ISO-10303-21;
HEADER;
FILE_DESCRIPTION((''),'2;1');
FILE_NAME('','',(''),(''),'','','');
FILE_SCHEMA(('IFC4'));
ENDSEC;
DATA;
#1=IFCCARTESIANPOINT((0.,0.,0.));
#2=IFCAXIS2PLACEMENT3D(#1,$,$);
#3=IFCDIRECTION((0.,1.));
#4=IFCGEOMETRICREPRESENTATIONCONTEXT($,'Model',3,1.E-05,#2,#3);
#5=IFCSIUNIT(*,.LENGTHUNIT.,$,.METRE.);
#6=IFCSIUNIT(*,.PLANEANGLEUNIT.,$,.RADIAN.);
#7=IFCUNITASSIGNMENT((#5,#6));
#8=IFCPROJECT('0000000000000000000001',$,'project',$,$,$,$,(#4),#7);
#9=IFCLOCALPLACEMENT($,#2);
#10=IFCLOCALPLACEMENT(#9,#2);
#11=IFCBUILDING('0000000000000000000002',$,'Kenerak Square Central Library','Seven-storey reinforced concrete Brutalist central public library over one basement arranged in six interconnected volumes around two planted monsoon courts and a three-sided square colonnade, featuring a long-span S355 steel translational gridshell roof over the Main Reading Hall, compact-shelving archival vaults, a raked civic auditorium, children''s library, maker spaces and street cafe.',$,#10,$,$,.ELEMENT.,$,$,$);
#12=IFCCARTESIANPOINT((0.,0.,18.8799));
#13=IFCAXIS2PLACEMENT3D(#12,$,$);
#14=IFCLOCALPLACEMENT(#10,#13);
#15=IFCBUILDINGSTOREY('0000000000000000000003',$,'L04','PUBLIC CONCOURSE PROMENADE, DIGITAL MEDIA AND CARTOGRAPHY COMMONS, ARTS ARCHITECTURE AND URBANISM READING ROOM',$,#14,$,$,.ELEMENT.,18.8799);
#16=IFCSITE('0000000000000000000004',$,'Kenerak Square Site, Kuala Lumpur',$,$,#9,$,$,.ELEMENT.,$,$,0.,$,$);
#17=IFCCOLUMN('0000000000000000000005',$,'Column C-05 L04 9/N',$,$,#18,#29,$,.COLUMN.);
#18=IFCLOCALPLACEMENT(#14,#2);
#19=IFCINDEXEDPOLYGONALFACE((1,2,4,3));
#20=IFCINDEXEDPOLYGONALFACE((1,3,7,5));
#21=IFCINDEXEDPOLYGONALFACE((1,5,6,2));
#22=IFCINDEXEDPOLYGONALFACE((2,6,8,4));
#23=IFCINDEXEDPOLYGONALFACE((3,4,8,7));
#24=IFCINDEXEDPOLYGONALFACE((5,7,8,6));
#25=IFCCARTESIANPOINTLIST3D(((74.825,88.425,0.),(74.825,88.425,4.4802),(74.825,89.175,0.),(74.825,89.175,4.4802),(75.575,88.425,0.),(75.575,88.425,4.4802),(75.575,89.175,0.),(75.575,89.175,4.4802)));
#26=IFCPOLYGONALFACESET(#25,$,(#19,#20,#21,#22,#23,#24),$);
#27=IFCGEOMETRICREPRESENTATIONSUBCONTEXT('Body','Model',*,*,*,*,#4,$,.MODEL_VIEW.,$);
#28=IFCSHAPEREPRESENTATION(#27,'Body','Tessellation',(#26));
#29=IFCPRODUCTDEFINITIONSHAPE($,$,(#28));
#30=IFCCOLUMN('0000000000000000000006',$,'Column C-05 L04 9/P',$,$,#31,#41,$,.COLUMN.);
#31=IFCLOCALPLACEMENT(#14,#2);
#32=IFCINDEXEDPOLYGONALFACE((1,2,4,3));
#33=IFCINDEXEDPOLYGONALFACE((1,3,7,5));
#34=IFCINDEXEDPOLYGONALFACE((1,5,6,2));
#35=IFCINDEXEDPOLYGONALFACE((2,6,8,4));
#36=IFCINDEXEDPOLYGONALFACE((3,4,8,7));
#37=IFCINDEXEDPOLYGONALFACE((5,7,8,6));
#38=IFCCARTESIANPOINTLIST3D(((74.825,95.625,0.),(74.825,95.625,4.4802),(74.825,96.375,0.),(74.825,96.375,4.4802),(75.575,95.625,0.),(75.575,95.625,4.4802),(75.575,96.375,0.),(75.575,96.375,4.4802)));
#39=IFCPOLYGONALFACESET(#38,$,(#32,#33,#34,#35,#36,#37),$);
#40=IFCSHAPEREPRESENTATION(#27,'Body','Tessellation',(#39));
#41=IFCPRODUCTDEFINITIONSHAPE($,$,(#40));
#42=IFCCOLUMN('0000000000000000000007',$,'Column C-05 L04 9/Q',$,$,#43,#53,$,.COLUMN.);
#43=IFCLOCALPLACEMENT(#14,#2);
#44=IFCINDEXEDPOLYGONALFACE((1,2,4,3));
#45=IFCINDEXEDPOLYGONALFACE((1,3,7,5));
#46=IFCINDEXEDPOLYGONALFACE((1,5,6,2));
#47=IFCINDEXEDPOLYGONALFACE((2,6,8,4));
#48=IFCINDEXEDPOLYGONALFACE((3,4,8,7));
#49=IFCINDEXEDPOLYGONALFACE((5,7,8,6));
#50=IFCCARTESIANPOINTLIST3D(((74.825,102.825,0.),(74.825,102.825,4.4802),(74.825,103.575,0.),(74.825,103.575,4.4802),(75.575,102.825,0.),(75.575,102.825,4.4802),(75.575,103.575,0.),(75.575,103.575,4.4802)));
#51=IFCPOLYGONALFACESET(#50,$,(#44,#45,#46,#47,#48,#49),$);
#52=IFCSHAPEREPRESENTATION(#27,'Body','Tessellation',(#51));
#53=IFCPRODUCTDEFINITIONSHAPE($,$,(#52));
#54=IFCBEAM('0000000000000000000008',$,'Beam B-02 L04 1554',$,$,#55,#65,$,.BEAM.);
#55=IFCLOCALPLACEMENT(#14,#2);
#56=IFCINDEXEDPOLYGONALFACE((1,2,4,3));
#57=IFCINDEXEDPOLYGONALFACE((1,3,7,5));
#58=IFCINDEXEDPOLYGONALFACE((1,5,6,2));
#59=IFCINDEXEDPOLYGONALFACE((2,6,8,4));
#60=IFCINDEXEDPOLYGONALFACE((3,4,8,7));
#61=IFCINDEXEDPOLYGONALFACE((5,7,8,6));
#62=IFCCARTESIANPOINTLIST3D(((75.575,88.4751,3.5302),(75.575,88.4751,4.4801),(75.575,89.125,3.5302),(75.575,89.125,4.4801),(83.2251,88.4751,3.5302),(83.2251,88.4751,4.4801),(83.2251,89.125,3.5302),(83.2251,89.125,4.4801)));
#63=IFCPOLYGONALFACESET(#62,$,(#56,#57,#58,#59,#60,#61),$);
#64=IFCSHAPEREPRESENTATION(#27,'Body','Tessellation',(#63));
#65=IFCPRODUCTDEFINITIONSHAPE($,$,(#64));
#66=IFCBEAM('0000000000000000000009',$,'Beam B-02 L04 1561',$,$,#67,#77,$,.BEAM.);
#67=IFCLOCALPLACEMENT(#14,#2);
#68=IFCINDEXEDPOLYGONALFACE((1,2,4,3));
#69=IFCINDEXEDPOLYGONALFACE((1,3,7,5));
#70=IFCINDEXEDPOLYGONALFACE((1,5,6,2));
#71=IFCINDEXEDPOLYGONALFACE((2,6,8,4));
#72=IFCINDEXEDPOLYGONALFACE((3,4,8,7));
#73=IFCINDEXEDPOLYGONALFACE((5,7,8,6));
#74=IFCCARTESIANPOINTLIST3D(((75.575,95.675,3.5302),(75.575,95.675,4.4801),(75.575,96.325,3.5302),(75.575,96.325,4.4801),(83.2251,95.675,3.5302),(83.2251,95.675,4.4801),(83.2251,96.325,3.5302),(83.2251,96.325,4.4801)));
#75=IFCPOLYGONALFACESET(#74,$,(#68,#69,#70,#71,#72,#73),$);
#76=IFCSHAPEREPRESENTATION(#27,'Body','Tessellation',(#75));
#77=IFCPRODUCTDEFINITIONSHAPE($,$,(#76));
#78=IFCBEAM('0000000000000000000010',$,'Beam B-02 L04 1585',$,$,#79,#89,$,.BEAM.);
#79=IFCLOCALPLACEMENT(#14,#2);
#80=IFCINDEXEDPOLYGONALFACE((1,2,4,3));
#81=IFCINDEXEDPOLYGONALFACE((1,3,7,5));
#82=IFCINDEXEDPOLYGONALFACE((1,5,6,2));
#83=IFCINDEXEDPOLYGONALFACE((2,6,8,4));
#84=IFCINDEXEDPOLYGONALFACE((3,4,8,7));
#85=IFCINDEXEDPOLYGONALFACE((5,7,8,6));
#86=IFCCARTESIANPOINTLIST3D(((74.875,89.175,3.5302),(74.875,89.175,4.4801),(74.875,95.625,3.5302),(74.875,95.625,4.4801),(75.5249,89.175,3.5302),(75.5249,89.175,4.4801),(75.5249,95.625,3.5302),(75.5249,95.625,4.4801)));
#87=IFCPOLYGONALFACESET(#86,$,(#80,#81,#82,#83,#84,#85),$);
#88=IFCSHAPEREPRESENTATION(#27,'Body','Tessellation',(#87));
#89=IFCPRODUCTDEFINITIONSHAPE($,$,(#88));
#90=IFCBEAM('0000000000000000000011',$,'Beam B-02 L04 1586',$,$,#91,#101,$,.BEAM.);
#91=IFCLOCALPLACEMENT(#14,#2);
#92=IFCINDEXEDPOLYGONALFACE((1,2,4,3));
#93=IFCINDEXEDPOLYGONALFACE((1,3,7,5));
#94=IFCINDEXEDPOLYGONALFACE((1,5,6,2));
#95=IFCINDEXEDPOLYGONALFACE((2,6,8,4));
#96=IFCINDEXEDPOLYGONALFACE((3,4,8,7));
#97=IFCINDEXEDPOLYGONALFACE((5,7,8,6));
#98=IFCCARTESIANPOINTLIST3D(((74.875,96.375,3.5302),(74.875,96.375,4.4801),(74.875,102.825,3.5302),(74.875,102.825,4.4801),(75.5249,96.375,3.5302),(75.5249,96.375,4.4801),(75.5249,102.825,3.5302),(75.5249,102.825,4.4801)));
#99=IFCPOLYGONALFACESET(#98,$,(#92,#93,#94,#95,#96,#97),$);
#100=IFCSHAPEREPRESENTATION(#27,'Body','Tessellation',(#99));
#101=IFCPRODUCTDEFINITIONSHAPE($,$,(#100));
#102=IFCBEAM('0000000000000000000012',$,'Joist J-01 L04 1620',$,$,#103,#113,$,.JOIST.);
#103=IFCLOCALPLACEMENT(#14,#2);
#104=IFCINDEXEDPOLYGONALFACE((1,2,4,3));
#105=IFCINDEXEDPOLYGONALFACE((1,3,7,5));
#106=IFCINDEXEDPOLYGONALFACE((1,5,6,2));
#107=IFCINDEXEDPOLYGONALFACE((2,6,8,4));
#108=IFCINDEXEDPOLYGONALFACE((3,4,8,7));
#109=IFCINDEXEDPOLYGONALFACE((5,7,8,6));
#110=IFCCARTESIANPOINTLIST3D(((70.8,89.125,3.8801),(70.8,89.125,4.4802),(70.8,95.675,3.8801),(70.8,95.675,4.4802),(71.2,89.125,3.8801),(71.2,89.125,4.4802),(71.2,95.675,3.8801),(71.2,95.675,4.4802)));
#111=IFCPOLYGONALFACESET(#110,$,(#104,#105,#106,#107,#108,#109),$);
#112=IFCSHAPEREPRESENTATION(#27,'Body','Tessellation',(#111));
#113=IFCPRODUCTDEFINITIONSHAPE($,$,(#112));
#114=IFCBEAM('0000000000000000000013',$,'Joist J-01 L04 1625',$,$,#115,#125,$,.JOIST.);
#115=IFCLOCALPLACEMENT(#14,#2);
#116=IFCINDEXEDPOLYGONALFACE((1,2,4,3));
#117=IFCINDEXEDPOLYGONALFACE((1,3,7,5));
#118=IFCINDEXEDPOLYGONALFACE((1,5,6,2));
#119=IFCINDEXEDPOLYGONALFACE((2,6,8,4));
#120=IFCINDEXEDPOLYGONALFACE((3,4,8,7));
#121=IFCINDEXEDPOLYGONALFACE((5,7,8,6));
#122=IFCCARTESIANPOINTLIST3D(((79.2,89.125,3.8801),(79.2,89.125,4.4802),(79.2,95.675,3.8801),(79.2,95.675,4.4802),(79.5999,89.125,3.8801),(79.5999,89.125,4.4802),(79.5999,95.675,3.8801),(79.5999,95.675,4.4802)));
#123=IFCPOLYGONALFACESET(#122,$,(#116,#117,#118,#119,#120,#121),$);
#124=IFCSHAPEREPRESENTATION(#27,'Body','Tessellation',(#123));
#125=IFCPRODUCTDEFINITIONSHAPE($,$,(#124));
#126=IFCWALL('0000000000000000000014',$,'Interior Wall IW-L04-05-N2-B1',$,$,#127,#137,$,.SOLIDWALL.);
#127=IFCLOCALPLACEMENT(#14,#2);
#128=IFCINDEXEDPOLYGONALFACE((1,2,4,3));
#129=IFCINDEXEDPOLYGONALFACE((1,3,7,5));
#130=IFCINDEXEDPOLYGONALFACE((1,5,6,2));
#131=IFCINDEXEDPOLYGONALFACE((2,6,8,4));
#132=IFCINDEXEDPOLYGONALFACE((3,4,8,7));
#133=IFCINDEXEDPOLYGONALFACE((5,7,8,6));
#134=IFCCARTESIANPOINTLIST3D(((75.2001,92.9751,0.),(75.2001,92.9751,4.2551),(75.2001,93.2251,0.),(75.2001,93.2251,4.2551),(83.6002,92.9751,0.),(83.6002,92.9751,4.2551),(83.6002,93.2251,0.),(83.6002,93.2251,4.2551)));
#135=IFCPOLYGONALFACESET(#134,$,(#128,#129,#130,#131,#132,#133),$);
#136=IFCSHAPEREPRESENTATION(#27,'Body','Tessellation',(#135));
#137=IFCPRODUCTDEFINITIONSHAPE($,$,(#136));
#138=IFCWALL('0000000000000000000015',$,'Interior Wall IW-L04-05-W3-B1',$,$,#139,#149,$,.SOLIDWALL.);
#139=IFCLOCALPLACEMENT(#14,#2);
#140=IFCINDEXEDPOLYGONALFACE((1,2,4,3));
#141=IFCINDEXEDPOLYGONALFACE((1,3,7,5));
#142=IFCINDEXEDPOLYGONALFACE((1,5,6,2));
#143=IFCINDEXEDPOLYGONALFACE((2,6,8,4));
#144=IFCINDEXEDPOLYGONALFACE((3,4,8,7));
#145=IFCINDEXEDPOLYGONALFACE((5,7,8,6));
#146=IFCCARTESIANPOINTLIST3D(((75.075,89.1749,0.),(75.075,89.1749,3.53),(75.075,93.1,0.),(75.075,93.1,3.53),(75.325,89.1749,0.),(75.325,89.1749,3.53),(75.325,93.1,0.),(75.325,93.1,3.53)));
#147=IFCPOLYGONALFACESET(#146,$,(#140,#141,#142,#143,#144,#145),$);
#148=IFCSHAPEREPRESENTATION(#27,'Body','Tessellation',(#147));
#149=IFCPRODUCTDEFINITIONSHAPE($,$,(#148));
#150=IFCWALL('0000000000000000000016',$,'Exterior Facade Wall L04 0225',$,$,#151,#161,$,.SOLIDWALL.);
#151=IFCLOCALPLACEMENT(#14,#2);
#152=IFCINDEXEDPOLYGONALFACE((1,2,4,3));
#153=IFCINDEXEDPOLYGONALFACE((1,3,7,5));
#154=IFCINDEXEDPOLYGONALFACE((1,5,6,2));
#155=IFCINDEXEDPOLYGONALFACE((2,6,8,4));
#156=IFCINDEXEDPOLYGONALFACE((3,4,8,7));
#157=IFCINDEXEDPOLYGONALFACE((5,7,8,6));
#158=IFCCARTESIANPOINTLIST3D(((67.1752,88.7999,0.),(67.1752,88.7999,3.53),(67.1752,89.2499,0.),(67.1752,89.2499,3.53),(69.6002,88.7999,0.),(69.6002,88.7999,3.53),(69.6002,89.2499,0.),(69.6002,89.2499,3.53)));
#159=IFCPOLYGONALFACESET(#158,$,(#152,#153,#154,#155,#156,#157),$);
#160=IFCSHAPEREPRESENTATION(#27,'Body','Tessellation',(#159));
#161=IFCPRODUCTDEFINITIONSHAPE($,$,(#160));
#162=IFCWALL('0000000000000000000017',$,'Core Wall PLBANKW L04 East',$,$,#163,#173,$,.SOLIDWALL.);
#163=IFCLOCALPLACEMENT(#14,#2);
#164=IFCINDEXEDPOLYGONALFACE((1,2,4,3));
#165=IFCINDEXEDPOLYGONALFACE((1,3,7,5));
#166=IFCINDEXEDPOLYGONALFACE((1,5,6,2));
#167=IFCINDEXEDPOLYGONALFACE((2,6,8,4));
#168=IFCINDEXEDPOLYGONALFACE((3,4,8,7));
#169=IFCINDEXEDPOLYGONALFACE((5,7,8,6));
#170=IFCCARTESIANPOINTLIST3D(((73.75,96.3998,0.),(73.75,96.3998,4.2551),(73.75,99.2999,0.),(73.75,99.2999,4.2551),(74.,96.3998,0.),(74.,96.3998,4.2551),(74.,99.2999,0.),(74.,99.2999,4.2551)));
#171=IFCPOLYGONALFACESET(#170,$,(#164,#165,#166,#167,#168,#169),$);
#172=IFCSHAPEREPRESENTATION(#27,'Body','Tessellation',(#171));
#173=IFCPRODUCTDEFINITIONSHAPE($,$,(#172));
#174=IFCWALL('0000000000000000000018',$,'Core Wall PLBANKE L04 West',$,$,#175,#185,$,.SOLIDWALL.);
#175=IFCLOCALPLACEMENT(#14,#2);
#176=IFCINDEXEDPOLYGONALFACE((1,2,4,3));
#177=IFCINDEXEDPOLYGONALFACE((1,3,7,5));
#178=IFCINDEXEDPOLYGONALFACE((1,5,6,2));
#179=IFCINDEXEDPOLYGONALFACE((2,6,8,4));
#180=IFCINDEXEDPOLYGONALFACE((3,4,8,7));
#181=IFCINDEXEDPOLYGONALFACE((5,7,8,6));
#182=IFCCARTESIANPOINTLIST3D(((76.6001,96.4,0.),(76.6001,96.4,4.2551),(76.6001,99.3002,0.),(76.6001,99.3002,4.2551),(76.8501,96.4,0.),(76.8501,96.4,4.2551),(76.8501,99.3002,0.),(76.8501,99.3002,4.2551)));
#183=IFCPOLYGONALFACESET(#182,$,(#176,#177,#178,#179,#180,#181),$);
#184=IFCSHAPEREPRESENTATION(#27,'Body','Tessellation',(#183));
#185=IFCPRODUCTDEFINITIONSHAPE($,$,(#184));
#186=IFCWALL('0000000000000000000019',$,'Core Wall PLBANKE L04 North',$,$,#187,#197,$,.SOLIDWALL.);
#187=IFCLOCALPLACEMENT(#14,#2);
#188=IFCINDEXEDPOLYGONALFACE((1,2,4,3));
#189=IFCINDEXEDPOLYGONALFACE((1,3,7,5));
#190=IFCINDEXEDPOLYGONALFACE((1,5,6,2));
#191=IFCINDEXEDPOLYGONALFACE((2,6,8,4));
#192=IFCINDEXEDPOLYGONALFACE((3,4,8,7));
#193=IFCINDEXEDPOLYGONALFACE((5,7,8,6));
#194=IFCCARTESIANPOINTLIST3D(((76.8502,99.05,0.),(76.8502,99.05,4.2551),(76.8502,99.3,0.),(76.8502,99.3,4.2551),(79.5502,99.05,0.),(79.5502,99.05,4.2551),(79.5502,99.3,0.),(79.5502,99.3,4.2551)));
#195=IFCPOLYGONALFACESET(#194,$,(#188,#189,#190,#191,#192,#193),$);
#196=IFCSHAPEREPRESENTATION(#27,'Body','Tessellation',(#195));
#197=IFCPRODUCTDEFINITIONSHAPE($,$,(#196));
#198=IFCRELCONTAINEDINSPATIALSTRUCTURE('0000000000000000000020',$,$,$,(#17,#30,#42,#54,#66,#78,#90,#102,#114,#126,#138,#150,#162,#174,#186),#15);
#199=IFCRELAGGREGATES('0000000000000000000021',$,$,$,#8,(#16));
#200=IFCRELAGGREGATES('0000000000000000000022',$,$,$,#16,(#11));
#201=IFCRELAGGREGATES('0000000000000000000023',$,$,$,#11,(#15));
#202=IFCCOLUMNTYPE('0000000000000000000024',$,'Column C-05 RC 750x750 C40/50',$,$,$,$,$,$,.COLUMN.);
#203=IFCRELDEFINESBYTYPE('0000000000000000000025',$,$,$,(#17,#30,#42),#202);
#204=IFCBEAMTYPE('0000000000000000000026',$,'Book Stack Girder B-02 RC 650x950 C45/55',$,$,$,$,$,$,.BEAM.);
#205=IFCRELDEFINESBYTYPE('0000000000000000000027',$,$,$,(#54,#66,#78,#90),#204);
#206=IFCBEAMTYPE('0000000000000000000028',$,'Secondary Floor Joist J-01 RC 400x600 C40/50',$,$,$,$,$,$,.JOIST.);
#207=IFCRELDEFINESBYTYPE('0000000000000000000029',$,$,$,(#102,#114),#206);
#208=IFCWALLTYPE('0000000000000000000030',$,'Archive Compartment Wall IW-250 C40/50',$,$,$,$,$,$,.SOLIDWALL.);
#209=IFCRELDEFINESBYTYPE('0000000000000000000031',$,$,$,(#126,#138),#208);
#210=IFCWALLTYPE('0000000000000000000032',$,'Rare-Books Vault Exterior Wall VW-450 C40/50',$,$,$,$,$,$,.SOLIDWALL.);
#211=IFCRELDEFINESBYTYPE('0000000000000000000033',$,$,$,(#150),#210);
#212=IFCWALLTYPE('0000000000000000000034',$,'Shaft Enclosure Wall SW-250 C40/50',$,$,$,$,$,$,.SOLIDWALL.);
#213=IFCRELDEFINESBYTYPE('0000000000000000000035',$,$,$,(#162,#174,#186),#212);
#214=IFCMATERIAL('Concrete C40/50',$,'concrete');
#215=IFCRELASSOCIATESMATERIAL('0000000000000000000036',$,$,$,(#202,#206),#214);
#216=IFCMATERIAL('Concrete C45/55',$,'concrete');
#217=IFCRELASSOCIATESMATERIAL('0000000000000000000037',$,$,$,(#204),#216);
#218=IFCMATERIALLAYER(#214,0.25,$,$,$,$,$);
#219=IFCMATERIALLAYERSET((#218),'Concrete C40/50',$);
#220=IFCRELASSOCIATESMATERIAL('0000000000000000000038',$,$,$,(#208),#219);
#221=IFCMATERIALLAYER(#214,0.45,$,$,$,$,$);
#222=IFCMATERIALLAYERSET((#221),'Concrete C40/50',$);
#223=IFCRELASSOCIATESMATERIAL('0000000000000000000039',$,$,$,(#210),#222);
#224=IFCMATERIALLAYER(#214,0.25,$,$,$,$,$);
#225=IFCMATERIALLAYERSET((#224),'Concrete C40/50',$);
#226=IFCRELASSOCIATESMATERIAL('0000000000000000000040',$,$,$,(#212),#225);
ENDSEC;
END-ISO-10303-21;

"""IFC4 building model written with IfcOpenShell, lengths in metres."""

from ifc_helpers import new_model, si_unit, direction, frame, frame_2d, origin, origin_2d, place, context, subcontext, project, spatial, rectangle, extrude, material, layer, layer_set, material_profile, profile_set, type_object, element, save


model = new_model("IFC4")

# Units and contexts
model_context = context("Model", 3, precision=1e-05, world=origin(), true_north=direction((0.0, 1.0)))
body_context = subcontext(model_context, "Body", "Model", "MODEL_VIEW")
ifc_project = project(units=[si_unit("LENGTHUNIT", "METRE"), si_unit("PLANEANGLEUNIT", "RADIAN")], contexts=[model_context])

# Site, building, storey
site_placement = place(None, origin())
site = spatial("IfcSite", under=ifc_project, at=site_placement, Name="Kenerak Square Site, Kuala Lumpur", CompositionType="ELEMENT", RefElevation=0.0)
building_placement = place(site_placement, origin())
building = spatial("IfcBuilding", under=site, at=building_placement, Name="Kenerak Square Central Library", Description="Seven-storey reinforced concrete Brutalist central public library over one basement arranged in six interconnected volumes around two planted monsoon courts and a three-sided square colonnade, featuring a long-span S355 steel translational gridshell roof over the Main Reading Hall, compact-shelving archival vaults, a raked civic auditorium, children's library, maker spaces and street cafe.", CompositionType="ELEMENT")
storey_placement = place(building_placement, frame((0.0, 0.0, 18.8799)))
storey = spatial("IfcBuildingStorey", under=building, at=storey_placement, Name="L04", Description="PUBLIC CONCOURSE PROMENADE, DIGITAL MEDIA AND CARTOGRAPHY COMMONS, ARTS ARCHITECTURE AND URBANISM READING ROOM", CompositionType="ELEMENT", Elevation=18.8799)

# Columns
ifc_material_1 = material(Name="Concrete C40/50", Category="concrete")
ifc_material_profile_1 = material_profile(ifc_material_1, rectangle(XDim=0.75, YDim=0.75, at=origin_2d()), Name="RC 750x750")
ifc_profile_set_1 = profile_set([ifc_material_profile_1], Name="Concrete C40/50")
column_type = type_object("IfcColumnType", Name="Column C-05 RC 750x750 C40/50", PredefinedType="COLUMN", material=ifc_profile_set_1)
for number, where, z_axis, x_axis, name in (
    (1, (75.2, 88.8, 0.0), (0.0, 0.0, 1.0), (1.0, 0.0, 0.0), "Column C-05 L04 9/N"),
    (2, (75.2, 96.0, 0.0), (0.0, 0.0, 1.0), (1.0, 0.0, 0.0), "Column C-05 L04 9/P"),
    (3, (75.2, 103.2, 0.0), (0.0, 0.0, 1.0), (1.0, 0.0, 0.0), "Column C-05 L04 9/Q"),
):
    element("IfcColumn", number, at=place(storey_placement, frame(where, z_axis=z_axis, x_axis=x_axis)), inside=storey, type_object=column_type, Name=name, PredefinedType="COLUMN", context=body_context, shape_type="SweptSolid", body=[
        extrude(rectangle(XDim=0.75, YDim=0.75, at=origin_2d()), origin(), (0.0, 0.0, 1.0), 4.4802),
    ])

# Beams
ifc_material_2 = material(Name="Concrete C45/55", Category="concrete")
ifc_material_profile_2 = material_profile(ifc_material_2, rectangle(XDim=0.6499, YDim=0.95, at=origin_2d()), Name="RC 650x950")
ifc_profile_set_2 = profile_set([ifc_material_profile_2], Name="Concrete C45/55")
beam_type_1 = type_object("IfcBeamType", Name="Book Stack Girder B-02 RC 650x950 C45/55", PredefinedType="BEAM", material=ifc_profile_set_2)
for number, where, z_axis, x_axis, name in (
    (4, (75.575, 88.8, 4.0051), (1.0, 0.0, 0.0), (0.0, 1.0, 0.0), "Beam B-02 L04 1554"),
    (5, (75.575, 96.0, 4.0051), (1.0, 0.0, 0.0), (0.0, 1.0, 0.0), "Beam B-02 L04 1561"),
):
    element("IfcBeam", number, at=place(storey_placement, frame(where, z_axis=z_axis, x_axis=x_axis)), inside=storey, type_object=beam_type_1, Name=name, PredefinedType="BEAM", context=body_context, shape_type="SweptSolid", body=[
        extrude(rectangle(XDim=0.6499, YDim=0.95, at=origin_2d()), origin(), (0.0, 0.0, 1.0), 7.6501),
    ])
for number, where, z_axis, x_axis, name in (
    (6, (75.2, 89.175, 4.0051), (0.0, 1.0, 0.0), (-1.0, 0.0, 0.0), "Beam B-02 L04 1585"),
    (7, (75.2, 96.375, 4.0051), (0.0, 1.0, 0.0), (-1.0, 0.0, 0.0), "Beam B-02 L04 1586"),
):
    element("IfcBeam", number, at=place(storey_placement, frame(where, z_axis=z_axis, x_axis=x_axis)), inside=storey, type_object=beam_type_1, Name=name, PredefinedType="BEAM", context=body_context, shape_type="SweptSolid", body=[
        extrude(rectangle(XDim=0.6499, YDim=0.95, at=origin_2d()), origin(), (0.0, 0.0, 1.0), 6.45),
    ])
ifc_material_profile_3 = material_profile(ifc_material_1, rectangle(XDim=0.3999, YDim=0.6001, at=origin_2d()), Name="RC 400x600")
ifc_profile_set_3 = profile_set([ifc_material_profile_3], Name="Concrete C40/50")
beam_type_2 = type_object("IfcBeamType", Name="Secondary Floor Joist J-01 RC 400x600 C40/50", PredefinedType="JOIST", material=ifc_profile_set_3)
for number, where, z_axis, x_axis, name in (
    (8, (71.0, 89.125, 4.1802), (0.0, 1.0, 0.0), (-1.0, 0.0, 0.0), "Joist J-01 L04 1620"),
    (9, (79.3999, 89.125, 4.1802), (0.0, 1.0, 0.0), (-1.0, 0.0, 0.0), "Joist J-01 L04 1625"),
):
    element("IfcBeam", number, at=place(storey_placement, frame(where, z_axis=z_axis, x_axis=x_axis)), inside=storey, type_object=beam_type_2, Name=name, PredefinedType="JOIST", context=body_context, shape_type="SweptSolid", body=[
        extrude(rectangle(XDim=0.3999, YDim=0.6001, at=origin_2d()), origin(), (0.0, 0.0, 1.0), 6.55),
    ])

# Walls
ifc_layer_1 = layer(ifc_material_1, 0.25)
ifc_layer_set_1 = layer_set([ifc_layer_1], Name="Concrete C40/50")
wall_type_1 = type_object("IfcWallType", Name="Archive Compartment Wall IW-250 C40/50", PredefinedType="SOLIDWALL", material=ifc_layer_set_1)
wall_1_placement = place(storey_placement, frame((75.2, 93.1001, 0.0), z_axis=(0.0, 0.0, 1.0), x_axis=(1.0, 0.0, 0.0)))
element("IfcWall", 10, at=wall_1_placement, inside=storey, type_object=wall_type_1, Name="Interior Wall IW-L04-05-N2-B1", PredefinedType="SOLIDWALL", context=body_context, shape_type="SweptSolid", body=[
    extrude(rectangle(XDim=8.4001, YDim=0.25, at=frame_2d((4.2002, 0.0))), origin(), (0.0, 0.0, 1.0), 4.2551),
])
wall_2_placement = place(storey_placement, frame((75.2, 89.175, 0.0), z_axis=(0.0, 0.0, 1.0), x_axis=(0.0, 1.0, 0.0)))
element("IfcWall", 11, at=wall_2_placement, inside=storey, type_object=wall_type_1, Name="Interior Wall IW-L04-05-W3-B1", PredefinedType="SOLIDWALL", context=body_context, shape_type="SweptSolid", body=[
    extrude(rectangle(XDim=3.925, YDim=0.25, at=frame_2d((1.9624, 0.0))), origin(), (0.0, 0.0, 1.0), 3.53),
])
ifc_layer_2 = layer(ifc_material_1, 0.45)
ifc_layer_set_2 = layer_set([ifc_layer_2], Name="Concrete C40/50")
wall_type_2 = type_object("IfcWallType", Name="Rare-Books Vault Exterior Wall VW-450 C40/50", PredefinedType="SOLIDWALL", material=ifc_layer_set_2)
wall_3_placement = place(storey_placement, frame((69.6001, 89.0249, 0.0), z_axis=(0.0, 0.0, 1.0), x_axis=(-1.0, 0.0, 0.0)))
element("IfcWall", 12, at=wall_3_placement, inside=storey, type_object=wall_type_2, Name="Exterior Facade Wall L04 0225", PredefinedType="SOLIDWALL", context=body_context, shape_type="SweptSolid", body=[
    extrude(rectangle(XDim=2.425, YDim=0.45, at=frame_2d((1.2124, 0.0))), origin(), (0.0, 0.0, 1.0), 3.53),
])
ifc_layer_3 = layer(ifc_material_1, 0.25)
ifc_layer_set_3 = layer_set([ifc_layer_3], Name="Concrete C40/50")
wall_type_3 = type_object("IfcWallType", Name="Shaft Enclosure Wall SW-250 C40/50", PredefinedType="SOLIDWALL", material=ifc_layer_set_3)
wall_4_placement = place(storey_placement, frame((73.875, 99.3, 0.0), z_axis=(0.0, 0.0, 1.0), x_axis=(0.0, -1.0, 0.0)))
element("IfcWall", 13, at=wall_4_placement, inside=storey, type_object=wall_type_3, Name="Core Wall PLBANKW L04 East", PredefinedType="SOLIDWALL", context=body_context, shape_type="SweptSolid", body=[
    extrude(rectangle(XDim=2.9001, YDim=0.25, at=frame_2d((1.4502, 0.0))), origin(), (0.0, 0.0, 1.0), 4.2551),
])

# Wall
wall_5_placement = place(storey_placement, frame((76.7251, 96.3999, 0.0), z_axis=(0.0, 0.0, 1.0), x_axis=(0.0, 1.0, 0.0)))
element("IfcWall", 14, at=wall_5_placement, inside=storey, type_object=wall_type_3, Name="Core Wall PLBANKE L04 West", PredefinedType="SOLIDWALL", context=body_context, shape_type="SweptSolid", body=[
    extrude(rectangle(XDim=2.9001, YDim=0.25, at=frame_2d((1.4502, 0.0))), origin(), (0.0, 0.0, 1.0), 4.2551),
])

# Wall
wall_6_placement = place(storey_placement, frame((76.8501, 99.175, 0.0), z_axis=(0.0, 0.0, 1.0), x_axis=(1.0, 0.0, 0.0)))
element("IfcWall", 15, at=wall_6_placement, inside=storey, type_object=wall_type_3, Name="Core Wall PLBANKE L04 North", PredefinedType="SOLIDWALL", context=body_context, shape_type="SweptSolid", body=[
    extrude(rectangle(XDim=2.7, YDim=0.25, at=frame_2d((1.3501, 0.0))), origin(), (0.0, 0.0, 1.0), 4.2551),
])

save(model, "model.ifc")
